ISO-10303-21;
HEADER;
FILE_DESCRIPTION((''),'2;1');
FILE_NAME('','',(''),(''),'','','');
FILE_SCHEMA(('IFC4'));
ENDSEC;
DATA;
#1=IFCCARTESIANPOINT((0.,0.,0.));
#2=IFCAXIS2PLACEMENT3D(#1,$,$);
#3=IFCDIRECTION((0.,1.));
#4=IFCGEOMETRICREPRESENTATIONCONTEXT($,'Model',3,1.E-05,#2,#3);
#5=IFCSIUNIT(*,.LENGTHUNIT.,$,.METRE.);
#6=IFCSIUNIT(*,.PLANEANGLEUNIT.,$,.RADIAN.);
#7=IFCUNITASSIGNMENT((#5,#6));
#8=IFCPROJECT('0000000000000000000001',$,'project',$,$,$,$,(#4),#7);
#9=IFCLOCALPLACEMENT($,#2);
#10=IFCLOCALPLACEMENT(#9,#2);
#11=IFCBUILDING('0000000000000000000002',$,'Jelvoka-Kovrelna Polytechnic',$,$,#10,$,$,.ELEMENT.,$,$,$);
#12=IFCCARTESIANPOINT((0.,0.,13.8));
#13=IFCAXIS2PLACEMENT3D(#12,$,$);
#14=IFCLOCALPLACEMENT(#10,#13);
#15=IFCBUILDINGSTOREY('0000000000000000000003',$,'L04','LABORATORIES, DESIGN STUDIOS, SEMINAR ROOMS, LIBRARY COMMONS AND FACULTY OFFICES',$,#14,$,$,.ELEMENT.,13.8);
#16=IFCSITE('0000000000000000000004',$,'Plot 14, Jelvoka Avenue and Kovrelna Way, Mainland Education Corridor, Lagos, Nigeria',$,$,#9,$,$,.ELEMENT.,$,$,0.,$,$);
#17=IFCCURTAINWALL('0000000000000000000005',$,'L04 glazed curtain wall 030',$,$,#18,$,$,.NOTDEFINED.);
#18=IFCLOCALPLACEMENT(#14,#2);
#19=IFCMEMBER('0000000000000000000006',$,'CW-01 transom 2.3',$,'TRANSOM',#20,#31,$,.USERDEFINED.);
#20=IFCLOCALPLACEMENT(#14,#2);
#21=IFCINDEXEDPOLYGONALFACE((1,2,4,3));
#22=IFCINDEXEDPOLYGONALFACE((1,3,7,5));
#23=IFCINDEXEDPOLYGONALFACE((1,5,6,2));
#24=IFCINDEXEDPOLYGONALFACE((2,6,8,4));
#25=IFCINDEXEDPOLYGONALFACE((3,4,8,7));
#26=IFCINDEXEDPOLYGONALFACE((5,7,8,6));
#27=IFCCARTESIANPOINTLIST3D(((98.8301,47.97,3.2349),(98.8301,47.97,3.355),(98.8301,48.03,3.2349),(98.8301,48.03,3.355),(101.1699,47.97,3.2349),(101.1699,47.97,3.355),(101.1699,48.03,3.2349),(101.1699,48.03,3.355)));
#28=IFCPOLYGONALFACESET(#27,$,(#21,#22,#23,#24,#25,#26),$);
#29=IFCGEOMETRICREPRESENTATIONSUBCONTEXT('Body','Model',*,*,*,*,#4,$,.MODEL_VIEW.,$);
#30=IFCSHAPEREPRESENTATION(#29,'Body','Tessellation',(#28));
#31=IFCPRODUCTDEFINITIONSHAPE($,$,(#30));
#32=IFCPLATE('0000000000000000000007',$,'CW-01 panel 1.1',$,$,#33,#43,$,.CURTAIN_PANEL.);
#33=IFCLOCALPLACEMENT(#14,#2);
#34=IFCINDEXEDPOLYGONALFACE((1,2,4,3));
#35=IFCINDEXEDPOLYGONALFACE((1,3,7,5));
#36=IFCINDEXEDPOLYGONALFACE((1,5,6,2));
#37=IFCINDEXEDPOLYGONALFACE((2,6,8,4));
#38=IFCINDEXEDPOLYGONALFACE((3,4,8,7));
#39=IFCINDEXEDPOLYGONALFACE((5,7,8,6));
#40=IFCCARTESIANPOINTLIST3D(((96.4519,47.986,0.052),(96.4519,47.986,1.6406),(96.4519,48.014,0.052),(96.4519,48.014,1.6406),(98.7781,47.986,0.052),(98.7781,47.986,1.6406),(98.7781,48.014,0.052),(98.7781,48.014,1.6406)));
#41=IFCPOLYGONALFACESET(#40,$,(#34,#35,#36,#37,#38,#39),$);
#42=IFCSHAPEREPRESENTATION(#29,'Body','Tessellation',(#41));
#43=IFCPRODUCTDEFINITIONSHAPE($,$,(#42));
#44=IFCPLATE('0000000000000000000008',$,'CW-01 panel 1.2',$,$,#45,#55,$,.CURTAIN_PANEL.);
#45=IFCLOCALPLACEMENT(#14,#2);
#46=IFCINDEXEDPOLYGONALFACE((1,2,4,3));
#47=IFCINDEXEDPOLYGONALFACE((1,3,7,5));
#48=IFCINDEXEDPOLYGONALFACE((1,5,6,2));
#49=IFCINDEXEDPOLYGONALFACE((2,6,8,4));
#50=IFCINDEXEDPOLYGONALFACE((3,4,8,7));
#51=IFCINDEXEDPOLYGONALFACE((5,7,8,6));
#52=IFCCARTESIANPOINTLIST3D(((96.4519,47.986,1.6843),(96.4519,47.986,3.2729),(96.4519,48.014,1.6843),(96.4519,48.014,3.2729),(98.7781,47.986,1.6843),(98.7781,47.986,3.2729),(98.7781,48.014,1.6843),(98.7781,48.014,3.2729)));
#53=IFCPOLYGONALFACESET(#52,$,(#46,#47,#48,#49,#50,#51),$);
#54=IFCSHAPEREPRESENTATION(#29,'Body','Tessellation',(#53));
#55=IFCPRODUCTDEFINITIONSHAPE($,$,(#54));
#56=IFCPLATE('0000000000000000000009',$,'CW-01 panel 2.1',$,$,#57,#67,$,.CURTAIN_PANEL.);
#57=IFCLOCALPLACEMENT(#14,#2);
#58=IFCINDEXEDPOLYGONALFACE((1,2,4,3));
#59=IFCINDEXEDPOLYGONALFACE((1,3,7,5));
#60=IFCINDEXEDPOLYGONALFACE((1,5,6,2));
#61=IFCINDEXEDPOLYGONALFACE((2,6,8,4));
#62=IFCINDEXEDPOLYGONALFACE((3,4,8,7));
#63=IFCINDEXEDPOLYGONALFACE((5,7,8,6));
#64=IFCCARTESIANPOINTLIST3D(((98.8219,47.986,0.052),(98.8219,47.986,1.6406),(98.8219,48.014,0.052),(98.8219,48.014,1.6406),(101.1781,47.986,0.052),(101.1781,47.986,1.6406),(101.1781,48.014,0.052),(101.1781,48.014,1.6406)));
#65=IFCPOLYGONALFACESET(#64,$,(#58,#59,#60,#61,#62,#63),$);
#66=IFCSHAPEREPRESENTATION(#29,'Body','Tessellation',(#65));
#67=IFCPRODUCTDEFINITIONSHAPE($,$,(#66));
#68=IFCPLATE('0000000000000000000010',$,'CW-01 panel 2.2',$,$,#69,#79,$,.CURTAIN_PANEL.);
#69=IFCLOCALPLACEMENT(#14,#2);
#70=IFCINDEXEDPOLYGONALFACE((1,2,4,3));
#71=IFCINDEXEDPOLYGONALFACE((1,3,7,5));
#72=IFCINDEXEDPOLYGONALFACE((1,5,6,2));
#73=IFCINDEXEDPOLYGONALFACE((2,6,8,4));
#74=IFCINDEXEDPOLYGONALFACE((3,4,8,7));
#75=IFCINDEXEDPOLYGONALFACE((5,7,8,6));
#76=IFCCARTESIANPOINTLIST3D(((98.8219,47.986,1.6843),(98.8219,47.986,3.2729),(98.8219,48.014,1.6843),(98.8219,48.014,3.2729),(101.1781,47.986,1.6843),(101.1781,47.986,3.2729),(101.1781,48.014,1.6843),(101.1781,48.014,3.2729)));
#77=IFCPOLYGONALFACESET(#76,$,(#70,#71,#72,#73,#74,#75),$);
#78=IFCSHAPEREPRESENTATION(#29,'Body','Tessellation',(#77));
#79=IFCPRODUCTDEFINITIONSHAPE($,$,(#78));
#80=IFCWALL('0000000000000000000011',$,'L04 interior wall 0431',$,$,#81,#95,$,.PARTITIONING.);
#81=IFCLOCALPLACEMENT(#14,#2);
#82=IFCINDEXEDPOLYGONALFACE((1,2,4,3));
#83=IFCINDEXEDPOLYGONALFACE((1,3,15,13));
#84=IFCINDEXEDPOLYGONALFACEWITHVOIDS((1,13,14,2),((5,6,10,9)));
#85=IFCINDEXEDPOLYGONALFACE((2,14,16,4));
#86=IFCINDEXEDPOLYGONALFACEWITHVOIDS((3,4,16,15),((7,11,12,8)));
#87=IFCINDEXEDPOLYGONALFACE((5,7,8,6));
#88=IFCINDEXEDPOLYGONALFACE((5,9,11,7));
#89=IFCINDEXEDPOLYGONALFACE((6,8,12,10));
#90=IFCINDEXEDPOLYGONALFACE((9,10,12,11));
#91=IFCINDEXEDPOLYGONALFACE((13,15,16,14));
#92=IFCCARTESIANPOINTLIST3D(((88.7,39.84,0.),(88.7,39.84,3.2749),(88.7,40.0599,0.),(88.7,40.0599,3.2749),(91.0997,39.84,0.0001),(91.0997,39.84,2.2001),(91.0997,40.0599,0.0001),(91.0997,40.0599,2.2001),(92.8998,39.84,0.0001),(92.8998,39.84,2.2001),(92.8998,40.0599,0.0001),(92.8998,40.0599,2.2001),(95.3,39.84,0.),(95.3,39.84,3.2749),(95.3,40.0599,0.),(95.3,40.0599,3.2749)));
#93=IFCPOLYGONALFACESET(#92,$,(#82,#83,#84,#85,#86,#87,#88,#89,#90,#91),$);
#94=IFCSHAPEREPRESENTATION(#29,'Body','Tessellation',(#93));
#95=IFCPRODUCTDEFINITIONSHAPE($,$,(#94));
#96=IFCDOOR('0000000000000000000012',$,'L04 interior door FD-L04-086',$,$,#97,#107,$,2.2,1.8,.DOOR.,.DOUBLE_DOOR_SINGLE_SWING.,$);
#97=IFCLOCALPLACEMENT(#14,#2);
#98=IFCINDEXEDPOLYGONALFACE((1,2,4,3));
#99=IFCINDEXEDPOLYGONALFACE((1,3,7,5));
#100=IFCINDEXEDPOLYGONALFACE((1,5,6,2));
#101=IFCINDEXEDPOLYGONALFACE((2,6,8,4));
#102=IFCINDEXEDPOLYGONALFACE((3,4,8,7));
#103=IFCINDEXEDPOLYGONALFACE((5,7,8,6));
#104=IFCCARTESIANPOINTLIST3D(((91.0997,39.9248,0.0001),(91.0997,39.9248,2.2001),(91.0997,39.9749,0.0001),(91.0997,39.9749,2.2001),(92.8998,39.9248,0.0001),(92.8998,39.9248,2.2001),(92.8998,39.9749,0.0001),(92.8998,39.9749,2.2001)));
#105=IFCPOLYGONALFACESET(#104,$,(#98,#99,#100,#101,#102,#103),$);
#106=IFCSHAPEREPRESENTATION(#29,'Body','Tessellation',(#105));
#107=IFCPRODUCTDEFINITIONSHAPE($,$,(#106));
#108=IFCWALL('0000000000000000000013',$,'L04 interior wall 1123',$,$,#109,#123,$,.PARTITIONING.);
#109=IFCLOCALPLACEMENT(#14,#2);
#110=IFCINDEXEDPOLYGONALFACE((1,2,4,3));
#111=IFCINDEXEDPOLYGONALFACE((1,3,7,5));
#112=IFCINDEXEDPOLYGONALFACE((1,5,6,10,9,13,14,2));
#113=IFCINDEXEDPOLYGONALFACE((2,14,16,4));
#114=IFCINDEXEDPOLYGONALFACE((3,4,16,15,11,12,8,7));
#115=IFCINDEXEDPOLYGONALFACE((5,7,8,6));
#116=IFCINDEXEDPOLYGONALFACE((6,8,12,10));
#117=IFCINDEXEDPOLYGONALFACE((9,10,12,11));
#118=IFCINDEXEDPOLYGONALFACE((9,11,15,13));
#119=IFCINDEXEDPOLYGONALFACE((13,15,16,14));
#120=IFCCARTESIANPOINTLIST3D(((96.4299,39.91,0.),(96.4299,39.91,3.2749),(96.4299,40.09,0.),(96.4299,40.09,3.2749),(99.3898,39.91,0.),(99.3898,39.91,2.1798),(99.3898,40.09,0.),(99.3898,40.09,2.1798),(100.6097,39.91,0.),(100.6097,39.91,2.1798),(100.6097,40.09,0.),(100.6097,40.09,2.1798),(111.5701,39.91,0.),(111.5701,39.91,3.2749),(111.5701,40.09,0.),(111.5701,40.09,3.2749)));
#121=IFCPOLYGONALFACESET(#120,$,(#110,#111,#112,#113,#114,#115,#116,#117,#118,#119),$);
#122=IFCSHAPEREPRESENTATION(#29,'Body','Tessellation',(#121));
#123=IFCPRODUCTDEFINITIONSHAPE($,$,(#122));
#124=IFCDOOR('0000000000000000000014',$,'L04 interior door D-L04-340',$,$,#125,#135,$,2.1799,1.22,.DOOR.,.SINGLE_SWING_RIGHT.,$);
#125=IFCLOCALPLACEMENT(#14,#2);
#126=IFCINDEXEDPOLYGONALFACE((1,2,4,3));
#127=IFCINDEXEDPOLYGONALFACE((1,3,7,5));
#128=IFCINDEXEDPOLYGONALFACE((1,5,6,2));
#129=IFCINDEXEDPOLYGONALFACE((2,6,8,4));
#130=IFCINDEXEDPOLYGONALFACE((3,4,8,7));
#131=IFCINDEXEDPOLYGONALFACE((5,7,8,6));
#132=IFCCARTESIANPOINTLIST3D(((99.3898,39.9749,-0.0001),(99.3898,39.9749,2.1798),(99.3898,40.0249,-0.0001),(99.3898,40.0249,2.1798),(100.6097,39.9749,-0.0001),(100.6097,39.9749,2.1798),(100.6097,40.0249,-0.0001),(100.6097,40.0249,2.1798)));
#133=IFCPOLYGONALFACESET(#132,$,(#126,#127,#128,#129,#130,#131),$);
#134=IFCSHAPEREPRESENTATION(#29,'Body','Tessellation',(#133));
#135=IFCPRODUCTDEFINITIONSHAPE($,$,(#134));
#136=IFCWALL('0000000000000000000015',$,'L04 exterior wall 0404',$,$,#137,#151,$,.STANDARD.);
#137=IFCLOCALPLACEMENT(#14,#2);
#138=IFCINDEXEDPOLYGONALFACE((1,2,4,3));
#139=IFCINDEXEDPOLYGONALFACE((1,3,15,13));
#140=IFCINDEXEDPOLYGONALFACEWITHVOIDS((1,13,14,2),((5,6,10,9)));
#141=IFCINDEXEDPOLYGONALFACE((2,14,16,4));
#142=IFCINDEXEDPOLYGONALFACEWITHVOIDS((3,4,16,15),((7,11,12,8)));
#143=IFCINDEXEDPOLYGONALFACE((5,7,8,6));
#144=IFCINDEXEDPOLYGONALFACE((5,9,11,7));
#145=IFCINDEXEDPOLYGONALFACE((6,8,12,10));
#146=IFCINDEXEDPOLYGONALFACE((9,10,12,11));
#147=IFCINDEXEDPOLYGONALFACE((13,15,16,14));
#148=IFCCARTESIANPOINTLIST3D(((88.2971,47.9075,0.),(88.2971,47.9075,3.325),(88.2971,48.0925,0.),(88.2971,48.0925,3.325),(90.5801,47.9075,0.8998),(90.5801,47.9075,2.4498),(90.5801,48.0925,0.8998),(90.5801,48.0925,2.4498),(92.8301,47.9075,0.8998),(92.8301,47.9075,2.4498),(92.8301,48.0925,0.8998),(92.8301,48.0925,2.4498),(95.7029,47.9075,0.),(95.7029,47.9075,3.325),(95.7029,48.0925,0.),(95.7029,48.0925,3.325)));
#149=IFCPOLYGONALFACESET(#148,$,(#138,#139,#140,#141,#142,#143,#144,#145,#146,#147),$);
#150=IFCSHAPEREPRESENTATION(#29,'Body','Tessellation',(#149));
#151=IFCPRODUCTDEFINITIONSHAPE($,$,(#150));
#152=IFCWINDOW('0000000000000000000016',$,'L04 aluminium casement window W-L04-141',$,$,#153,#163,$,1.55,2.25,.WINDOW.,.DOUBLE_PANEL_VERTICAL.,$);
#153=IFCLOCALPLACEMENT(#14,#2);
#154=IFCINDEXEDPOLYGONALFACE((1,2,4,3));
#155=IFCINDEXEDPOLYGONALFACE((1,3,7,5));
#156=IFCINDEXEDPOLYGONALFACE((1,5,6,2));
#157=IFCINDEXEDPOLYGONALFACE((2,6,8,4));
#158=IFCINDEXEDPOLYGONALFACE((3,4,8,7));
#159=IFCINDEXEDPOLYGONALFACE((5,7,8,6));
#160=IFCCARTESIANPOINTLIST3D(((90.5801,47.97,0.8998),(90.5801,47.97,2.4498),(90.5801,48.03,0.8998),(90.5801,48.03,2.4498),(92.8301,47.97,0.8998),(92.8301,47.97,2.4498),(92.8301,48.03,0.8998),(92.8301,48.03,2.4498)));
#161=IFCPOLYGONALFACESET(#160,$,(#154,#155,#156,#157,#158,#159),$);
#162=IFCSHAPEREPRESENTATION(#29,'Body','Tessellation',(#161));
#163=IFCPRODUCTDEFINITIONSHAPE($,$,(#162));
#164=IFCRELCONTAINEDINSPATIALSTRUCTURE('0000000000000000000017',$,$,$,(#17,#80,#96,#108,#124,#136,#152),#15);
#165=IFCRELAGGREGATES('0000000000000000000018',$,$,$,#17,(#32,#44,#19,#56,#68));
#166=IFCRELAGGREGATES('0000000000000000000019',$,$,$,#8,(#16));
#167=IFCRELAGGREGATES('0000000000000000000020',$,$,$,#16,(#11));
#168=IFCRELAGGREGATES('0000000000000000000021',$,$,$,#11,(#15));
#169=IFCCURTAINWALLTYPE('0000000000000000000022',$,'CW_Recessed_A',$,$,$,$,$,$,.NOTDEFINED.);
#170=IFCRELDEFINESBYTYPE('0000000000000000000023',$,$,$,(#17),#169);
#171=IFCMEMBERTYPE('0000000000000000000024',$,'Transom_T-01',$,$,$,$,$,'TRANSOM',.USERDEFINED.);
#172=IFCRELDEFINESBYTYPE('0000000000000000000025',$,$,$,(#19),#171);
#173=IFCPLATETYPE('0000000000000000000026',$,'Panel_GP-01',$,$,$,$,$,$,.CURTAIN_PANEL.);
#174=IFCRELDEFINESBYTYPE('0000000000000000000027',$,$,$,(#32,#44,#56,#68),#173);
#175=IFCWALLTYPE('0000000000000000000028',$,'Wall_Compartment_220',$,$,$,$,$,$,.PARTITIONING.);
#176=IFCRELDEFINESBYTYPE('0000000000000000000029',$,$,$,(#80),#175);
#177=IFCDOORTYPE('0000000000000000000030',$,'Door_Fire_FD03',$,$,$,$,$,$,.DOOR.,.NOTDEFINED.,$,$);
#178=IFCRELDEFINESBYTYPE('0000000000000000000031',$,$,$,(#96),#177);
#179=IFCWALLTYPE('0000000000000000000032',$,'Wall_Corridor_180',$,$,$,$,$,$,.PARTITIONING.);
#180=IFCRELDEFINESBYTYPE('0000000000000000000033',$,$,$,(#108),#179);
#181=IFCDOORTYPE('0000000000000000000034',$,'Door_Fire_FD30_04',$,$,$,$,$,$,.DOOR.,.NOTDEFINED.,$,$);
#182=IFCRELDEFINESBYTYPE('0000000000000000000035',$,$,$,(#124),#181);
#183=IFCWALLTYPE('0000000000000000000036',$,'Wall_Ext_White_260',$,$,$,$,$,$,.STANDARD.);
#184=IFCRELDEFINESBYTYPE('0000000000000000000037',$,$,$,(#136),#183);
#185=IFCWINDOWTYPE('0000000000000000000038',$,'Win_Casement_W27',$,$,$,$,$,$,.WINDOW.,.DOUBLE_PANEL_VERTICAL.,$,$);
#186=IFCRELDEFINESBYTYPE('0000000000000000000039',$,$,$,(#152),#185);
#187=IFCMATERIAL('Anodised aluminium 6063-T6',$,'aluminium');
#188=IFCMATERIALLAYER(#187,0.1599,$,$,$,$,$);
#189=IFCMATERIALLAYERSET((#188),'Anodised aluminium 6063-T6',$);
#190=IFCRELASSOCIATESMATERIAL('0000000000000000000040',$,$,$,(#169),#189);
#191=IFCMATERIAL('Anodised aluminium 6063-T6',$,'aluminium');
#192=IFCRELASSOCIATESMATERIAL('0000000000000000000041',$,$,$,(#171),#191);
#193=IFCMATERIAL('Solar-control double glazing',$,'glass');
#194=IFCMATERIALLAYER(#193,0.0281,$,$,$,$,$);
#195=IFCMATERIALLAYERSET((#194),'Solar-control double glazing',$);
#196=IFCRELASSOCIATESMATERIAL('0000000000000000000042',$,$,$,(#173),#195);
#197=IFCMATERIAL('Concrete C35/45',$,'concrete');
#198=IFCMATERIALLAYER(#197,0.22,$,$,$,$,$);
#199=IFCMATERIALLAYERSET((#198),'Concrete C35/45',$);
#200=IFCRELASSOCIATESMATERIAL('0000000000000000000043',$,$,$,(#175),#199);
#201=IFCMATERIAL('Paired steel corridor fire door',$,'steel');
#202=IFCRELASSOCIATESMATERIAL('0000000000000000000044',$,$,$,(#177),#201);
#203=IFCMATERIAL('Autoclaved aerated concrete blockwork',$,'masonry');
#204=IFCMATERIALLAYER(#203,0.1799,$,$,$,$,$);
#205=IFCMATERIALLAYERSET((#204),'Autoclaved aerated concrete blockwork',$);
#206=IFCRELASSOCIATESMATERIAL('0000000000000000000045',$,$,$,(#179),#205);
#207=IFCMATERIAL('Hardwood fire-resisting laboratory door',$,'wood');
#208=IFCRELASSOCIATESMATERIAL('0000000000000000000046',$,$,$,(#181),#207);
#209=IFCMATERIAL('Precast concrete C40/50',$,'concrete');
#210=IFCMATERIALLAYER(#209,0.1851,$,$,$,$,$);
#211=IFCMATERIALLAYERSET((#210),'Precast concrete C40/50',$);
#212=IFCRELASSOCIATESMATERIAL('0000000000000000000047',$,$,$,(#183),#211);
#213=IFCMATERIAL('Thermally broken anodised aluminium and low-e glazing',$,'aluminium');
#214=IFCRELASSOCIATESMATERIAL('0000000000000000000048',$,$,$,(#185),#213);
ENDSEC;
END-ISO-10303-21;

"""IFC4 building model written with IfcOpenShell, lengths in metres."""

from ifc_helpers import new_model, si_unit, direction, frame, frame_2d, origin, origin_2d, place, context, subcontext, project, spatial, rectangle, extrude, material, layer, layer_set, material_profile, profile_set, type_object, element, fill, aggregate, save


model = new_model("IFC4")

# Units and contexts
model_context = context("Model", 3, precision=1e-05, world=origin(), true_north=direction((0.0, 1.0)))
body_context = subcontext(model_context, "Body", "Model", "MODEL_VIEW")
ifc_project = project(units=[si_unit("LENGTHUNIT", "METRE"), si_unit("PLANEANGLEUNIT", "RADIAN")], contexts=[model_context])

# Site, building, storey
site_placement = place(None, origin())
site = spatial("IfcSite", under=ifc_project, at=site_placement, Name="Plot 14, Jelvoka Avenue and Kovrelna Way, Mainland Education Corridor, Lagos, Nigeria", CompositionType="ELEMENT", RefElevation=0.0)
building_placement = place(site_placement, origin())
building = spatial("IfcBuilding", under=site, at=building_placement, Name="Jelvoka-Kovrelna Polytechnic", CompositionType="ELEMENT")
storey_placement = place(building_placement, frame((0.0, 0.0, 13.8)))
storey = spatial("IfcBuildingStorey", under=building, at=storey_placement, Name="L04", Description="LABORATORIES, DESIGN STUDIOS, SEMINAR ROOMS, LIBRARY COMMONS AND FACULTY OFFICES", CompositionType="ELEMENT", Elevation=13.8)

# Curtain wall
ifc_material_1 = material(Name="Anodised aluminium 6063-T6", Category="aluminium")
ifc_layer_1 = layer(ifc_material_1, 0.1599)
ifc_layer_set_1 = layer_set([ifc_layer_1], Name="Anodised aluminium 6063-T6")
curtain_wall_type = type_object("IfcCurtainWallType", Name="CW_Recessed_A", PredefinedType="NOTDEFINED", material=ifc_layer_set_1)
curtain_wall_placement = place(storey_placement, origin())
curtain_wall = element("IfcCurtainWall", 1, at=curtain_wall_placement, inside=storey, type_object=curtain_wall_type, Name="L04 glazed curtain wall 030", PredefinedType="NOTDEFINED")

# Member
ifc_material_2 = material(Name="Anodised aluminium 6063-T6", Category="aluminium")
ifc_material_profile_1 = material_profile(ifc_material_2, rectangle(XDim=0.0601, YDim=0.1201, at=origin_2d()), Name="ALU 60x120")
ifc_profile_set_1 = profile_set([ifc_material_profile_1], Name="Anodised aluminium 6063-T6")
member_type_1 = type_object("IfcMemberType", Name="Transom_T-01", ElementType="TRANSOM", PredefinedType="USERDEFINED", material=ifc_profile_set_1)
member_1_placement = place(storey_placement, frame((98.8301, 48.0, 3.2949), z_axis=(1.0, 0.0, 0.0), x_axis=(0.0, 1.0, 0.0)))
member_1 = element("IfcMember", 2, at=member_1_placement, type_object=member_type_1, Name="CW-01 transom 2.3", ObjectType="TRANSOM", PredefinedType="USERDEFINED", context=body_context, shape_type="SweptSolid", body=[
    extrude(rectangle(XDim=0.0601, YDim=0.1201, at=origin_2d()), origin(), (0.0, 0.0, 1.0), 2.3398),
])

# Plates
ifc_material_3 = material(Name="Solar-control double glazing", Category="glass")
ifc_layer_2 = layer(ifc_material_3, 0.0281)
ifc_layer_set_2 = layer_set([ifc_layer_2], Name="Solar-control double glazing")
plate_type = type_object("IfcPlateType", Name="Panel_GP-01", PredefinedType="CURTAIN_PANEL", material=ifc_layer_set_2)
plate_1_placement = place(storey_placement, frame((97.615, 48.0, 0.052), z_axis=(0.0, 0.0, 1.0), x_axis=(1.0, 0.0, 0.0)))
plate_1 = element("IfcPlate", 3, at=plate_1_placement, type_object=plate_type, Name="CW-01 panel 1.1", PredefinedType="CURTAIN_PANEL", context=body_context, shape_type="SweptSolid", body=[
    extrude(rectangle(XDim=2.3262, YDim=0.0281, at=origin_2d()), origin(), (0.0, 0.0, 1.0), 1.5886),
])
plate_2_placement = place(storey_placement, frame((97.615, 48.0, 1.6843), z_axis=(0.0, 0.0, 1.0), x_axis=(1.0, 0.0, 0.0)))
plate_2 = element("IfcPlate", 4, at=plate_2_placement, type_object=plate_type, Name="CW-01 panel 1.2", PredefinedType="CURTAIN_PANEL", context=body_context, shape_type="SweptSolid", body=[
    extrude(rectangle(XDim=2.3262, YDim=0.0281, at=origin_2d()), origin(), (0.0, 0.0, 1.0), 1.5886),
])
plate_3_placement = place(storey_placement, frame((100.0, 48.0, 0.052), z_axis=(0.0, 0.0, 1.0), x_axis=(1.0, 0.0, 0.0)))
plate_3 = element("IfcPlate", 5, at=plate_3_placement, type_object=plate_type, Name="CW-01 panel 2.1", PredefinedType="CURTAIN_PANEL", context=body_context, shape_type="SweptSolid", body=[
    extrude(rectangle(XDim=2.3562, YDim=0.0281, at=origin_2d()), origin(), (0.0, 0.0, 1.0), 1.5886),
])
plate_4_placement = place(storey_placement, frame((100.0, 48.0, 1.6843), z_axis=(0.0, 0.0, 1.0), x_axis=(1.0, 0.0, 0.0)))
plate_4 = element("IfcPlate", 6, at=plate_4_placement, type_object=plate_type, Name="CW-01 panel 2.2", PredefinedType="CURTAIN_PANEL", context=body_context, shape_type="SweptSolid", body=[
    extrude(rectangle(XDim=2.3562, YDim=0.0281, at=origin_2d()), origin(), (0.0, 0.0, 1.0), 1.5886),
])
aggregate(curtain_wall, [plate_1, plate_2, member_1, plate_3, plate_4])

# Walls, openings, doors
ifc_material_4 = material(Name="Concrete C35/45", Category="concrete")
ifc_layer_3 = layer(ifc_material_4, 0.22)
ifc_layer_set_3 = layer_set([ifc_layer_3], Name="Concrete C35/45")
wall_type_1 = type_object("IfcWallType", Name="Wall_Compartment_220", PredefinedType="PARTITIONING", material=ifc_layer_set_3)
wall_1_placement = place(storey_placement, frame((88.7, 39.95, 0.0), z_axis=(0.0, 0.0, 1.0), x_axis=(1.0, 0.0, 0.0)))
wall_1 = element("IfcWall", 7, at=wall_1_placement, inside=storey, type_object=wall_type_1, Name="L04 interior wall 0431", PredefinedType="PARTITIONING", context=body_context, shape_type="SweptSolid", body=[
    extrude(rectangle(XDim=6.6001, YDim=0.22, at=frame_2d((3.3, 0.0))), origin(), (0.0, 0.0, 1.0), 3.2749),
])
opening_1_placement = place(wall_1_placement, frame((2.3999, 0.0, 0.0)))
opening_1 = element("IfcOpeningElement", 8, at=opening_1_placement, cuts=wall_1, PredefinedType="OPENING", context=body_context, shape_type="SweptSolid", body=[
    extrude(rectangle(XDim=1.8, YDim=2.2, at=frame_2d((0.8999, 1.1001))), frame((0.0, 0.1199, 0.0), z_axis=(0.0, -1.0, 0.0), x_axis=(1.0, 0.0, 0.0)), (0.0, 0.0, 1.0), 0.24),
])
ifc_material_5 = material(Name="Paired steel corridor fire door", Category="steel")
door_type_1 = type_object("IfcDoorType", Name="Door_Fire_FD03", OperationType="NOTDEFINED", PredefinedType="DOOR", material=ifc_material_5)
door_1_placement = place(opening_1_placement, origin())
door_1 = element("IfcDoor", 9, at=door_1_placement, inside=storey, type_object=door_type_1, Name="L04 interior door FD-L04-086", OperationType="DOUBLE_DOOR_SINGLE_SWING", OverallHeight=2.2, OverallWidth=1.8, PredefinedType="DOOR", context=body_context, shape_type="SweptSolid", body=[
    extrude(rectangle(XDim=1.8, YDim=2.2, at=frame_2d((0.8999, 1.1001))), frame((0.0, 0.0249, 0.0), z_axis=(0.0, -1.0, 0.0), x_axis=(1.0, 0.0, 0.0)), (0.0, 0.0, 1.0), 0.05),
])
fill(opening_1, door_1)
ifc_material_6 = material(Name="Autoclaved aerated concrete blockwork", Category="masonry")
ifc_layer_4 = layer(ifc_material_6, 0.1799)
ifc_layer_set_4 = layer_set([ifc_layer_4], Name="Autoclaved aerated concrete blockwork")
wall_type_2 = type_object("IfcWallType", Name="Wall_Corridor_180", PredefinedType="PARTITIONING", material=ifc_layer_set_4)
wall_2_placement = place(storey_placement, frame((96.4299, 40.0, 0.0), z_axis=(0.0, 0.0, 1.0), x_axis=(1.0, 0.0, 0.0)))
wall_2 = element("IfcWall", 10, at=wall_2_placement, inside=storey, type_object=wall_type_2, Name="L04 interior wall 1123", PredefinedType="PARTITIONING", context=body_context, shape_type="SweptSolid", body=[
    extrude(rectangle(XDim=15.1401, YDim=0.1799, at=frame_2d((7.5701, 0.0))), origin(), (0.0, 0.0, 1.0), 3.2749),
])
opening_2_placement = place(wall_2_placement, frame((2.96, 0.0, 0.0)))
opening_2 = element("IfcOpeningElement", 11, at=opening_2_placement, cuts=wall_2, PredefinedType="OPENING", context=body_context, shape_type="SweptSolid", body=[
    extrude(rectangle(XDim=1.22, YDim=2.1799, at=frame_2d((0.6099, 1.0898))), frame((0.0, 0.0999, 0.0), z_axis=(0.0, -1.0, 0.0), x_axis=(1.0, 0.0, 0.0)), (0.0, 0.0, 1.0), 0.2),
])
ifc_material_7 = material(Name="Hardwood fire-resisting laboratory door", Category="wood")
door_type_2 = type_object("IfcDoorType", Name="Door_Fire_FD30_04", OperationType="NOTDEFINED", PredefinedType="DOOR", material=ifc_material_7)
door_2_placement = place(opening_2_placement, origin())
door_2 = element("IfcDoor", 12, at=door_2_placement, inside=storey, type_object=door_type_2, Name="L04 interior door D-L04-340", OperationType="SINGLE_SWING_RIGHT", OverallHeight=2.1799, OverallWidth=1.22, PredefinedType="DOOR", context=body_context, shape_type="SweptSolid", body=[
    extrude(rectangle(XDim=1.22, YDim=2.1799, at=frame_2d((0.6099, 1.0898))), frame((0.0, 0.0249, 0.0), z_axis=(0.0, -1.0, 0.0), x_axis=(1.0, 0.0, 0.0)), (0.0, 0.0, 1.0), 0.05),
])
fill(opening_2, door_2)

# Wall, opening, window
ifc_material_8 = material(Name="Precast concrete C40/50", Category="concrete")
ifc_layer_5 = layer(ifc_material_8, 0.1851)
ifc_layer_set_5 = layer_set([ifc_layer_5], Name="Precast concrete C40/50")
wall_type_3 = type_object("IfcWallType", Name="Wall_Ext_White_260", PredefinedType="STANDARD", material=ifc_layer_set_5)
wall_3_placement = place(storey_placement, frame((88.2971, 48.0, 0.0), z_axis=(0.0, 0.0, 1.0), x_axis=(1.0, 0.0, 0.0)))
wall_3 = element("IfcWall", 13, at=wall_3_placement, inside=storey, type_object=wall_type_3, Name="L04 exterior wall 0404", PredefinedType="STANDARD", context=body_context, shape_type="SweptSolid", body=[
    extrude(rectangle(XDim=7.4058, YDim=0.1851, at=frame_2d((3.7029, 0.0))), origin(), (0.0, 0.0, 1.0), 3.325),
])
opening_3_placement = place(wall_3_placement, frame((2.283, 0.0, 0.8999)))
opening_3 = element("IfcOpeningElement", 14, at=opening_3_placement, cuts=wall_3, PredefinedType="OPENING", context=body_context, shape_type="SweptSolid", body=[
    extrude(rectangle(XDim=2.25, YDim=1.55, at=frame_2d((1.125, 0.7749))), frame((0.0, 0.1025, 0.0), z_axis=(0.0, -1.0, 0.0), x_axis=(1.0, 0.0, 0.0)), (0.0, 0.0, 1.0), 0.2051),
])
ifc_material_9 = material(Name="Thermally broken anodised aluminium and low-e glazing", Category="aluminium")
window_type = type_object("IfcWindowType", Name="Win_Casement_W27", PartitioningType="DOUBLE_PANEL_VERTICAL", PredefinedType="WINDOW", material=ifc_material_9)
window_placement = place(opening_3_placement, origin())
window = element("IfcWindow", 15, at=window_placement, inside=storey, type_object=window_type, Name="L04 aluminium casement window W-L04-141", OverallHeight=1.55, OverallWidth=2.25, PartitioningType="DOUBLE_PANEL_VERTICAL", PredefinedType="WINDOW", context=body_context, shape_type="SweptSolid", body=[
    extrude(rectangle(XDim=2.25, YDim=1.55, at=frame_2d((1.125, 0.7749))), frame((0.0, 0.03, 0.0), z_axis=(0.0, -1.0, 0.0), x_axis=(1.0, 0.0, 0.0)), (0.0, 0.0, 1.0), 0.0601),
])
fill(opening_3, window)

save(model, "model.ifc")
